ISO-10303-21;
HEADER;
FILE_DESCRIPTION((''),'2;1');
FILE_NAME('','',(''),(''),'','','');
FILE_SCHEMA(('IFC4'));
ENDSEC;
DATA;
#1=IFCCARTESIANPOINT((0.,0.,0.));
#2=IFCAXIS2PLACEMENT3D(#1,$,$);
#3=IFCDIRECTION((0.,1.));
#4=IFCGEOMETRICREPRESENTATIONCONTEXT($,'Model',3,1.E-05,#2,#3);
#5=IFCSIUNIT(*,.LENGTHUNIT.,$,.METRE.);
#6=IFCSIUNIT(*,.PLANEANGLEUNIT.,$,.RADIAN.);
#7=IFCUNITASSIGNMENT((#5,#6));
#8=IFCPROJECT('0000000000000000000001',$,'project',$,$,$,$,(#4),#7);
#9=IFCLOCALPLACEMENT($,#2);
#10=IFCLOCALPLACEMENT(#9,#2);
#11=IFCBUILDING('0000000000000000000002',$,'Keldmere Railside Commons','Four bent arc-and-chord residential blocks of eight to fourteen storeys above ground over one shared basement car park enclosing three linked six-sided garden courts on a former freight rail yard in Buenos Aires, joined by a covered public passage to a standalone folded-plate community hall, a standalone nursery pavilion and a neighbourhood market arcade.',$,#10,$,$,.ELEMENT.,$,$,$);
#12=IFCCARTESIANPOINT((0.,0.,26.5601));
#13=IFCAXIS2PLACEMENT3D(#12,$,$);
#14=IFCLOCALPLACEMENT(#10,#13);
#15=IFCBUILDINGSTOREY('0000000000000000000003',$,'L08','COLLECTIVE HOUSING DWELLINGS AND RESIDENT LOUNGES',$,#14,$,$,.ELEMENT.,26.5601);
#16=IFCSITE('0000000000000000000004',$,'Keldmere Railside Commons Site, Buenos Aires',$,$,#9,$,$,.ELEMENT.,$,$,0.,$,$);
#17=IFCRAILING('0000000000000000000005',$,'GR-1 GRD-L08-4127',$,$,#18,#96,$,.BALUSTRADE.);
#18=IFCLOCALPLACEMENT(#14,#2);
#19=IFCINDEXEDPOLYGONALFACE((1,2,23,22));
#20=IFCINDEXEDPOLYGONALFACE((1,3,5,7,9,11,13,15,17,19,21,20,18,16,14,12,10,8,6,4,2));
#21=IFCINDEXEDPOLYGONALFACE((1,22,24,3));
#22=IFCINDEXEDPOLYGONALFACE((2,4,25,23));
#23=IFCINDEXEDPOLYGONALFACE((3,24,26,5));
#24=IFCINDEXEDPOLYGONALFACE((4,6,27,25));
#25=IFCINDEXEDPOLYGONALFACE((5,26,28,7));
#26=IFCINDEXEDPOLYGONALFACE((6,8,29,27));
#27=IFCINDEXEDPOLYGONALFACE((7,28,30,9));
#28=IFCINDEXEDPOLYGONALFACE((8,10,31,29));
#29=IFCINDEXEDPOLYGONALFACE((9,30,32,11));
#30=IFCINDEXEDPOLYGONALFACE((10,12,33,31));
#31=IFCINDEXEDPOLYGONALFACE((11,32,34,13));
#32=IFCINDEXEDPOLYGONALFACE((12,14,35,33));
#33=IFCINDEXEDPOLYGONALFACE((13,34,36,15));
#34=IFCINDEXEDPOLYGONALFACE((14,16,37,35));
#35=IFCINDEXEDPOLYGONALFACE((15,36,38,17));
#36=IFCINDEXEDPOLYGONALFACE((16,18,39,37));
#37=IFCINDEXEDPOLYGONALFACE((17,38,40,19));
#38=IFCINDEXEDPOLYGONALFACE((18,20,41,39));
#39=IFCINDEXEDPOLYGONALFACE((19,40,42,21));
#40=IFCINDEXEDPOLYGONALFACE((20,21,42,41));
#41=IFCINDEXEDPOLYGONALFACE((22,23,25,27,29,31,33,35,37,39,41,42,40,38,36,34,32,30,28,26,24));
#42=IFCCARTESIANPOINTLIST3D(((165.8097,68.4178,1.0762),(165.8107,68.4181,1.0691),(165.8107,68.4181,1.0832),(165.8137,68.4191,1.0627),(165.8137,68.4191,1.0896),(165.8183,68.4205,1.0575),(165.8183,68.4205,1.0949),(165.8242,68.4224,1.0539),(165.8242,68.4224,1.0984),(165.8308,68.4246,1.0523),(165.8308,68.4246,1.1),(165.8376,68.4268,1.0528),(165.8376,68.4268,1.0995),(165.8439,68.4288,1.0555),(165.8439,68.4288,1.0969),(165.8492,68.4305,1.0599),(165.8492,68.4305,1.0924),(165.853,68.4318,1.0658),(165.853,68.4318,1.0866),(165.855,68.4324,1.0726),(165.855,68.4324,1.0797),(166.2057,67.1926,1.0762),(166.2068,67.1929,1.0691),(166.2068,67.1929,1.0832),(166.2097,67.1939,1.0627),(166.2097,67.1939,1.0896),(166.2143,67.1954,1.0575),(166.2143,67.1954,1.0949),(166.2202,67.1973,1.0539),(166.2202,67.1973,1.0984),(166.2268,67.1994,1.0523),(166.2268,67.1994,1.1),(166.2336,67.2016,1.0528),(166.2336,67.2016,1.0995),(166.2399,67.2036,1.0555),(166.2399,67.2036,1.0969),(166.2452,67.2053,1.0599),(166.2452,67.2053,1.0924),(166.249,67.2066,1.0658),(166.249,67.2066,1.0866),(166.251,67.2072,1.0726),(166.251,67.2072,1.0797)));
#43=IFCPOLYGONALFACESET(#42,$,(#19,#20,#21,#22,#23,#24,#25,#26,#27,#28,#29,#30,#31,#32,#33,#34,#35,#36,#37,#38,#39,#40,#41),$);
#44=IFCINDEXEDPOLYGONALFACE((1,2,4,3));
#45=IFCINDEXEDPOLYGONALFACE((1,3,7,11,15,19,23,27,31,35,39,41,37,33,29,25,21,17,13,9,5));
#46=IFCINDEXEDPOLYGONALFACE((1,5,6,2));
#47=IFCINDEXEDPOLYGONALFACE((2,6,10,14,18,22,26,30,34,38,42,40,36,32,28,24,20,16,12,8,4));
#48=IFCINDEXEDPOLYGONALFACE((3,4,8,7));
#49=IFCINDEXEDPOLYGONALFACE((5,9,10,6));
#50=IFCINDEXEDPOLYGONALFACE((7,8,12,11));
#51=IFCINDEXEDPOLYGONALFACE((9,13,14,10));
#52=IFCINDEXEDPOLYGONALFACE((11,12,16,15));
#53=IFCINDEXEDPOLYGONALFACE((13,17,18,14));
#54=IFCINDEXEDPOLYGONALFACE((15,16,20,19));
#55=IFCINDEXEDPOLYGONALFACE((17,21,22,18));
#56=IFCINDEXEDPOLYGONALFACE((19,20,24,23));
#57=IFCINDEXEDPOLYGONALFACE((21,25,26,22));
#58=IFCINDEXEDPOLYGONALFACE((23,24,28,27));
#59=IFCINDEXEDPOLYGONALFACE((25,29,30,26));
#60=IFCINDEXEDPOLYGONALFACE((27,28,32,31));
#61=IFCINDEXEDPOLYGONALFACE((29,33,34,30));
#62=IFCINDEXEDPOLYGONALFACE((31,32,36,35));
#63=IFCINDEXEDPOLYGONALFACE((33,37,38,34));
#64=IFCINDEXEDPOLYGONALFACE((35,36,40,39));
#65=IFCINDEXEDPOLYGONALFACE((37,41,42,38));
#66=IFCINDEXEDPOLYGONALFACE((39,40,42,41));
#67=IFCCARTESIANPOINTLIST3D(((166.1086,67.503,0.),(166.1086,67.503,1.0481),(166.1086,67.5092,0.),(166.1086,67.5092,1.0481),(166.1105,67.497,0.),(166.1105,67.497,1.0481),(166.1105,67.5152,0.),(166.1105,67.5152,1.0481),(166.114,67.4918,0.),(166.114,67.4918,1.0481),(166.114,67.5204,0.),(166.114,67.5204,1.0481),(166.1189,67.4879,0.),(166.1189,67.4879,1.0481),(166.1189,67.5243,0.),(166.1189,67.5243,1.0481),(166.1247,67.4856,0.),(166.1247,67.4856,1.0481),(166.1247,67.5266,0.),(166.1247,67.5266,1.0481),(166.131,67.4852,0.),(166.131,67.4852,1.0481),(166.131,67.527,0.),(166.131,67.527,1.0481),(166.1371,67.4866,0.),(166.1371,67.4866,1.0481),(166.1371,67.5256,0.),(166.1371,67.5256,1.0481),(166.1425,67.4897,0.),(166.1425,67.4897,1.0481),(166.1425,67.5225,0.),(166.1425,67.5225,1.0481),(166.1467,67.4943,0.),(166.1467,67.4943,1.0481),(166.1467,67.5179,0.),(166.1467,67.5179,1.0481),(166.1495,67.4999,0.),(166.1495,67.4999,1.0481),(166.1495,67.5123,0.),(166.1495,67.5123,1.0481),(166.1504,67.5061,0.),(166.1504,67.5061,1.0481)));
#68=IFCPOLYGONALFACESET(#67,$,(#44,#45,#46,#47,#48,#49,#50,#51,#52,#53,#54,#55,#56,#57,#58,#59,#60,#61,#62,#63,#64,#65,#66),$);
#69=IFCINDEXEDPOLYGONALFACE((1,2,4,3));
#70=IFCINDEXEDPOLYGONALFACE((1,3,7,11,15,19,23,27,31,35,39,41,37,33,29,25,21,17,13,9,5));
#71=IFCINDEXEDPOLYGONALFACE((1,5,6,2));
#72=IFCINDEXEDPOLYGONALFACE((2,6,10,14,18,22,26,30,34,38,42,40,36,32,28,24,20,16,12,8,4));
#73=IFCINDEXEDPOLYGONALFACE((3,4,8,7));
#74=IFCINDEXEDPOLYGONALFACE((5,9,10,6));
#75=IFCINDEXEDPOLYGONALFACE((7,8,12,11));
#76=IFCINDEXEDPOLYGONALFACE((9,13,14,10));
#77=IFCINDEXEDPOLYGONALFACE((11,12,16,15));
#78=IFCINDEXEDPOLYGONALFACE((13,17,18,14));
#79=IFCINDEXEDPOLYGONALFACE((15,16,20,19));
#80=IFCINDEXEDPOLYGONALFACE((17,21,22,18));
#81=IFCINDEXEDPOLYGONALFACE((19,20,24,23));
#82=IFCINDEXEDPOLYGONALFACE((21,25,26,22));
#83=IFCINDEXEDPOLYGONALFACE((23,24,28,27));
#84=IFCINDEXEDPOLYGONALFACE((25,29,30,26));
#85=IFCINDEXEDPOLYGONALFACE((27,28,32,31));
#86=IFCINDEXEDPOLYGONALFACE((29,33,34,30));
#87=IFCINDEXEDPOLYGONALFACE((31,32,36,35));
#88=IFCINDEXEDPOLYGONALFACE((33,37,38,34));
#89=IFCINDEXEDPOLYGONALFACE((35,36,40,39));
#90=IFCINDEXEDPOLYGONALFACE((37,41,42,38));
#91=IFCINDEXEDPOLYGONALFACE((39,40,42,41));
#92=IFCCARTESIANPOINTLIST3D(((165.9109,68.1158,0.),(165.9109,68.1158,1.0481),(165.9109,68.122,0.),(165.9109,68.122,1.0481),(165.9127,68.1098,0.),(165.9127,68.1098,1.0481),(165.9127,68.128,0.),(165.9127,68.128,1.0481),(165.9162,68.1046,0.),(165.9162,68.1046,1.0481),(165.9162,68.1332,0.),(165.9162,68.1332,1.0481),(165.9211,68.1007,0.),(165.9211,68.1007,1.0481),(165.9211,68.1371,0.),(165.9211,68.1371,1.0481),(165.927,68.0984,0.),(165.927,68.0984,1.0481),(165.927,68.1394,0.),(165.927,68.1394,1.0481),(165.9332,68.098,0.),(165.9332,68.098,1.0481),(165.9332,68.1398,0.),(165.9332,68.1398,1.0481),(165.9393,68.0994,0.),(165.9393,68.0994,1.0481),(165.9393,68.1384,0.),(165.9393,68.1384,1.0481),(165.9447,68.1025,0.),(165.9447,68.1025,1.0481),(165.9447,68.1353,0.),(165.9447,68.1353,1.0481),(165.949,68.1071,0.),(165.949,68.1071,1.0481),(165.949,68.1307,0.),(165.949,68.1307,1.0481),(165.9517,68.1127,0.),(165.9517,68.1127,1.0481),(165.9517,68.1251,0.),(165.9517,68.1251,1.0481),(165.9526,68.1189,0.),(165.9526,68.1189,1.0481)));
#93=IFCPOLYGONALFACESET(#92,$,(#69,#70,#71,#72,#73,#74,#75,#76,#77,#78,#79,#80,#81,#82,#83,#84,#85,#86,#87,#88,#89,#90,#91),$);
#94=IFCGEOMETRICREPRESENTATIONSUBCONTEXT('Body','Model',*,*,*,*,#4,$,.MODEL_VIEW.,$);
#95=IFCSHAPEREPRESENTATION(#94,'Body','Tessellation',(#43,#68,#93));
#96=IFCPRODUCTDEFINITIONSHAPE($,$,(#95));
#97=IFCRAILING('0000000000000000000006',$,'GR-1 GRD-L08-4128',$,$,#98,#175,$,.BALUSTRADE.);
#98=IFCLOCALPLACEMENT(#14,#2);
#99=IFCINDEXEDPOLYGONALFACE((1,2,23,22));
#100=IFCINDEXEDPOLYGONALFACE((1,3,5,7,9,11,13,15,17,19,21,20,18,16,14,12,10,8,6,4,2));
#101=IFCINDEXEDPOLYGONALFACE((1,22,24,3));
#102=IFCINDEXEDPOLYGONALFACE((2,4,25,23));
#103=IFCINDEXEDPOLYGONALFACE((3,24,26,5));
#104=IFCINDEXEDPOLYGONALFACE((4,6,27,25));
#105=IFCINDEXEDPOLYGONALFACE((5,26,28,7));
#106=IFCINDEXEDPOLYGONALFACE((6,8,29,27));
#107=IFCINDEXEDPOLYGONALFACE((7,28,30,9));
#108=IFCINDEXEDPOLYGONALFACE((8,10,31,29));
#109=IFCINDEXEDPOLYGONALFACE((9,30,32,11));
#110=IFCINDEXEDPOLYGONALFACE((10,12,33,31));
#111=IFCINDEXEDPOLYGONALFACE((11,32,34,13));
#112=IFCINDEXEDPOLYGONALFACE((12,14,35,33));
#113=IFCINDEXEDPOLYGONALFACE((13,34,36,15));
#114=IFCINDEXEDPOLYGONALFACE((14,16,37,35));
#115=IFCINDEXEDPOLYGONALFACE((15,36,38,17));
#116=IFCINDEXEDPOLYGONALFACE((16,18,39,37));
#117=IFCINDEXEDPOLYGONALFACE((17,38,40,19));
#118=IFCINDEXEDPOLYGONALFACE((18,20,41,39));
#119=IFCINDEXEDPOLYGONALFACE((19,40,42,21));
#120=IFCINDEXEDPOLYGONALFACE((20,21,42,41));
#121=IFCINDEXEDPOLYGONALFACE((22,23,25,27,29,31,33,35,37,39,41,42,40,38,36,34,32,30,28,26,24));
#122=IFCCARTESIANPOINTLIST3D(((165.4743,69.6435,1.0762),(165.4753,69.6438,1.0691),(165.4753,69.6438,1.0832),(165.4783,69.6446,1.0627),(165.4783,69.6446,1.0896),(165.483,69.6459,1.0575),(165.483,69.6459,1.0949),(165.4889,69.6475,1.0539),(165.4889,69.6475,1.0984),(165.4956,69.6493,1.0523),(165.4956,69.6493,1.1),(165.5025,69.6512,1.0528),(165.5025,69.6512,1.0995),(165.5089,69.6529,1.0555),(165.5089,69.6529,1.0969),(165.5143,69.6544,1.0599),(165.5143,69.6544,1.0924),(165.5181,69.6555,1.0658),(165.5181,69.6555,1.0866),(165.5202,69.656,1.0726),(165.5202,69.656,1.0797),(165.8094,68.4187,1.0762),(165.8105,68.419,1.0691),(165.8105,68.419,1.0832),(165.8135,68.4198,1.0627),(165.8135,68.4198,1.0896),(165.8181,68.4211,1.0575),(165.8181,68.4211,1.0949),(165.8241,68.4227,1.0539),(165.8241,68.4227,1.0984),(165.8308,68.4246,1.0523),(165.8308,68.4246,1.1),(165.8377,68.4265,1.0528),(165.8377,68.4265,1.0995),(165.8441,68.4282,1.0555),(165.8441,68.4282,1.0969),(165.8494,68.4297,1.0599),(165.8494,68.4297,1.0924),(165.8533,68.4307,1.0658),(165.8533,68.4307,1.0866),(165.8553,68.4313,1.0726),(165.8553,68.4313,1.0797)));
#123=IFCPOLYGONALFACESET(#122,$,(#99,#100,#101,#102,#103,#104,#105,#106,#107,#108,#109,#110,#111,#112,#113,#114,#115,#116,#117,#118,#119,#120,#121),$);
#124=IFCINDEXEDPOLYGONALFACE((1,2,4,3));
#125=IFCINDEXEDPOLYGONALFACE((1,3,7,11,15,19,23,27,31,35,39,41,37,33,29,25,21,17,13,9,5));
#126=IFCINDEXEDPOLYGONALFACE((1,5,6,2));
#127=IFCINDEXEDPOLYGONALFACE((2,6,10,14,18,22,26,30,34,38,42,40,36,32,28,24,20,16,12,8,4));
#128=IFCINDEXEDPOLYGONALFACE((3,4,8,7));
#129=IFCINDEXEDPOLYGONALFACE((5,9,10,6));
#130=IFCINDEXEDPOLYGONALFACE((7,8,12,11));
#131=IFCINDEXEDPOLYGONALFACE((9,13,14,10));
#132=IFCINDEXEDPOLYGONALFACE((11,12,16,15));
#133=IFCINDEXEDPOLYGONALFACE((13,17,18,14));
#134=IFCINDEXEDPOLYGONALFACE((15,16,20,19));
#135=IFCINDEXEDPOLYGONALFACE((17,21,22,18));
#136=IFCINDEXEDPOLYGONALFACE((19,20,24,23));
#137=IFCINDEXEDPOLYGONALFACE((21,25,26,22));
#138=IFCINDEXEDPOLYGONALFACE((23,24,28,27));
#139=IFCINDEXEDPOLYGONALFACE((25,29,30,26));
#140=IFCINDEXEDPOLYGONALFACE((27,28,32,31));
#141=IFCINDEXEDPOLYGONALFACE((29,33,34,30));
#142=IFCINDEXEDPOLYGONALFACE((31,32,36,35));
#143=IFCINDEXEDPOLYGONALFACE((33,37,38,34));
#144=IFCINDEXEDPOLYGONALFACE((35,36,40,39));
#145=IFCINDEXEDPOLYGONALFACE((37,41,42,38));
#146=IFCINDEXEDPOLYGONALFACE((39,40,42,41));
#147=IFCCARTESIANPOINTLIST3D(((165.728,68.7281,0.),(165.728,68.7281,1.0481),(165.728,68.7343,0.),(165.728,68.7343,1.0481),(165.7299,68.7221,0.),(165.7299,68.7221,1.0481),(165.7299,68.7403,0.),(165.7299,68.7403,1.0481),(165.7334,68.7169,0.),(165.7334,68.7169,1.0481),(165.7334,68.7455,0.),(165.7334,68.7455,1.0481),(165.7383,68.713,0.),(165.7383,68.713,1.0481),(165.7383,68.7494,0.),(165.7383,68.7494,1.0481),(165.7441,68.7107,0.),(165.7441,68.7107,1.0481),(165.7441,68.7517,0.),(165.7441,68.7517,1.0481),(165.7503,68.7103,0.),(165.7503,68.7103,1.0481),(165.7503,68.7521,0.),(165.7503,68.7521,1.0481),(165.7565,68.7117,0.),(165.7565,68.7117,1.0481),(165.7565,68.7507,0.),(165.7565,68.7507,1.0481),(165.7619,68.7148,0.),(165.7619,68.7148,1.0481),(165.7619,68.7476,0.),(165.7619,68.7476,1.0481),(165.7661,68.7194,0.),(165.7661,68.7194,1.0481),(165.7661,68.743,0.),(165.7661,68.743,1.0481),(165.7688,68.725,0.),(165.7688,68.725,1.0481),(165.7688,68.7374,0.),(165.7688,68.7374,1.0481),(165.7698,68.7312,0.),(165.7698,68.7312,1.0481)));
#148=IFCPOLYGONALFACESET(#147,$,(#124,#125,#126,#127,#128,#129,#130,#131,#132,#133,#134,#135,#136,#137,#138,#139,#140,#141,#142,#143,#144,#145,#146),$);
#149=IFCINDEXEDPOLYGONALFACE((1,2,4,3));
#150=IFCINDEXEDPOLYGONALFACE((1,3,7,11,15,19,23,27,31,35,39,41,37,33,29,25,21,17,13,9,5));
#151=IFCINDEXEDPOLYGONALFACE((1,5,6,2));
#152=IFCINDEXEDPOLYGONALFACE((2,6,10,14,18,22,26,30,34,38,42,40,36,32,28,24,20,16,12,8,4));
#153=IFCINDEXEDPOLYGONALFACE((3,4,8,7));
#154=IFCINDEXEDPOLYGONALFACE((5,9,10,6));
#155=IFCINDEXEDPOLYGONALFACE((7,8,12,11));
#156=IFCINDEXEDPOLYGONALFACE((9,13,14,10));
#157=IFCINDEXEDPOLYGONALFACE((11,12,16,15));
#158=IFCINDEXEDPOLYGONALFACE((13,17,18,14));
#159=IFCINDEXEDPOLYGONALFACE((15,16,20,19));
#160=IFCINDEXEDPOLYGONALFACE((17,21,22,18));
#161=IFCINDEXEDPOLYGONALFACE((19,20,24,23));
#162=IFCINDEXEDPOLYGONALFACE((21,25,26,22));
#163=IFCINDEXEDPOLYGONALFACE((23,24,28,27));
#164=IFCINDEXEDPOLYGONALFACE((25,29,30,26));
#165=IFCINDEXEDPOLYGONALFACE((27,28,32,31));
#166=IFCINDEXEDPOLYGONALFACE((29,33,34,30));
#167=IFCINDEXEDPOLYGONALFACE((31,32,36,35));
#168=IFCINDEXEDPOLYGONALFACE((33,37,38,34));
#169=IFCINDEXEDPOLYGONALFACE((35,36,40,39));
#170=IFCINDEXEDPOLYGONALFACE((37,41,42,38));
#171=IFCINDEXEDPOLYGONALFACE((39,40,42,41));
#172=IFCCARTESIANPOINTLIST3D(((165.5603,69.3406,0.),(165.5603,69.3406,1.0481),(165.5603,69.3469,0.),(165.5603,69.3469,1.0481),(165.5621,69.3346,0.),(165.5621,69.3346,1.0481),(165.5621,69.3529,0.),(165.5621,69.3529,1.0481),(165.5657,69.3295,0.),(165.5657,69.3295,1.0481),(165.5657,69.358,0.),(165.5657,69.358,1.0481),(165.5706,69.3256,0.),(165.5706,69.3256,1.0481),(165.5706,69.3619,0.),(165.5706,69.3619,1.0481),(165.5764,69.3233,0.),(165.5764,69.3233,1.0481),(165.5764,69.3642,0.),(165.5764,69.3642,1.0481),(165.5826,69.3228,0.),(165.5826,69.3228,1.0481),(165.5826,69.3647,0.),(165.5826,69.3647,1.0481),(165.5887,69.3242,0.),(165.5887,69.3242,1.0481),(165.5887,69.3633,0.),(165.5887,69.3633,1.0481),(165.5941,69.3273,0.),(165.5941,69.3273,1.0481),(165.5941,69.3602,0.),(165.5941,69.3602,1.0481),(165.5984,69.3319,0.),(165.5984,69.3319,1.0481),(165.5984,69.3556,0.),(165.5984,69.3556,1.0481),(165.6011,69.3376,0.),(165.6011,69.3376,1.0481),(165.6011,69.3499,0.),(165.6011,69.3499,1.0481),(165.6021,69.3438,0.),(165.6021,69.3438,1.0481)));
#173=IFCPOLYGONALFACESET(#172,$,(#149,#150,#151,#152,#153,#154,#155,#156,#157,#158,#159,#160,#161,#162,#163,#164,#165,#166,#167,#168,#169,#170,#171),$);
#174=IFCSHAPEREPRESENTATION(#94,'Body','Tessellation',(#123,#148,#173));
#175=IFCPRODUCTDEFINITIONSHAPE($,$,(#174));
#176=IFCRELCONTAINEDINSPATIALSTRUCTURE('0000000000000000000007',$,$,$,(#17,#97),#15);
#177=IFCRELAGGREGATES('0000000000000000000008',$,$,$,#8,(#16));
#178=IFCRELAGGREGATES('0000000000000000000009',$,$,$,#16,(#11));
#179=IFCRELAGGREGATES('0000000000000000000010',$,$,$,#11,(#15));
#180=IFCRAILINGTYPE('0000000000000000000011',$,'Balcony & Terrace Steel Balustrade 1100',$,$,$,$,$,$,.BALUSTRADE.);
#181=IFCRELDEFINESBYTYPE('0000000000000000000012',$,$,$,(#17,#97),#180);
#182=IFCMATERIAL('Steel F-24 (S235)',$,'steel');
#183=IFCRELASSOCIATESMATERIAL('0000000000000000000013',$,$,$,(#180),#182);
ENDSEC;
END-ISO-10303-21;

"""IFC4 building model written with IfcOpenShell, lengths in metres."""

from ifc_helpers import new_model, si_unit, direction, frame, origin, origin_2d, place, context, subcontext, project, spatial, circle, extrude, material, type_object, element, save


model = new_model("IFC4")

# Units and contexts
model_context = context("Model", 3, precision=1e-05, world=origin(), true_north=direction((0.0, 1.0)))
body_context = subcontext(model_context, "Body", "Model", "MODEL_VIEW")
ifc_project = project(units=[si_unit("LENGTHUNIT", "METRE"), si_unit("PLANEANGLEUNIT", "RADIAN")], contexts=[model_context])

# Site, building, storey
site_placement = place(None, origin())
site = spatial("IfcSite", under=ifc_project, at=site_placement, Name="Keldmere Railside Commons Site, Buenos Aires", CompositionType="ELEMENT", RefElevation=0.0)
building_placement = place(site_placement, origin())
building = spatial("IfcBuilding", under=site, at=building_placement, Name="Keldmere Railside Commons", Description="Four bent arc-and-chord residential blocks of eight to fourteen storeys above ground over one shared basement car park enclosing three linked six-sided garden courts on a former freight rail yard in Buenos Aires, joined by a covered public passage to a standalone folded-plate community hall, a standalone nursery pavilion and a neighbourhood market arcade.", CompositionType="ELEMENT")
storey_placement = place(building_placement, frame((0.0, 0.0, 26.5601)))
storey = spatial("IfcBuildingStorey", under=building, at=storey_placement, Name="L08", Description="COLLECTIVE HOUSING DWELLINGS AND RESIDENT LOUNGES", CompositionType="ELEMENT", Elevation=26.5601)

# Railings
ifc_material_1 = material(Name="Steel F-24 (S235)", Category="steel")
railing_type = type_object("IfcRailingType", Name="Balcony & Terrace Steel Balustrade 1100", PredefinedType="BALUSTRADE", material=ifc_material_1)
railing_1_placement = place(storey_placement, frame((166.2285, 67.2, 0.0)))
element("IfcRailing", 1, at=railing_1_placement, inside=storey, type_object=railing_type, Name="GR-1 GRD-L08-4127", PredefinedType="BALUSTRADE", context=body_context, shape_type="SweptSolid", body=[
    extrude(circle(Radius=0.0239, at=origin_2d()), frame((0.0, 0.0, 1.0762), z_axis=(-0.307568, 0.951526, 0.0), x_axis=(-0.951526, -0.307568, 0.0)), (0.0, 0.0, 1.0), 1.2876),
    extrude(circle(Radius=0.021, at=origin_2d()), frame((-0.0991, 0.3062, 0.0)), (0.0, 0.0, 1.0), 1.0481),
    extrude(circle(Radius=0.021, at=origin_2d()), frame((-0.2969, 0.9189, 0.0)), (0.0, 0.0, 1.0), 1.0481),
])
railing_2_placement = place(storey_placement, frame((165.8325, 68.425, 0.0)))
element("IfcRailing", 2, at=railing_2_placement, inside=storey, type_object=railing_type, Name="GR-1 GRD-L08-4128", PredefinedType="BALUSTRADE", context=body_context, shape_type="SweptSolid", body=[
    extrude(circle(Radius=0.0239, at=origin_2d()), frame((0.0, 0.0, 1.0762), z_axis=(-0.263963, 0.964533, 0.0), x_axis=(-0.964533, -0.263963, 0.0)), (0.0, 0.0, 1.0), 1.2698),
    extrude(circle(Radius=0.021, at=origin_2d()), frame((-0.0837, 0.3062, 0.0)), (0.0, 0.0, 1.0), 1.0481),
    extrude(circle(Radius=0.021, at=origin_2d()), frame((-0.2515, 0.9187, 0.0)), (0.0, 0.0, 1.0), 1.0481),
])

save(model, "model.ifc")
